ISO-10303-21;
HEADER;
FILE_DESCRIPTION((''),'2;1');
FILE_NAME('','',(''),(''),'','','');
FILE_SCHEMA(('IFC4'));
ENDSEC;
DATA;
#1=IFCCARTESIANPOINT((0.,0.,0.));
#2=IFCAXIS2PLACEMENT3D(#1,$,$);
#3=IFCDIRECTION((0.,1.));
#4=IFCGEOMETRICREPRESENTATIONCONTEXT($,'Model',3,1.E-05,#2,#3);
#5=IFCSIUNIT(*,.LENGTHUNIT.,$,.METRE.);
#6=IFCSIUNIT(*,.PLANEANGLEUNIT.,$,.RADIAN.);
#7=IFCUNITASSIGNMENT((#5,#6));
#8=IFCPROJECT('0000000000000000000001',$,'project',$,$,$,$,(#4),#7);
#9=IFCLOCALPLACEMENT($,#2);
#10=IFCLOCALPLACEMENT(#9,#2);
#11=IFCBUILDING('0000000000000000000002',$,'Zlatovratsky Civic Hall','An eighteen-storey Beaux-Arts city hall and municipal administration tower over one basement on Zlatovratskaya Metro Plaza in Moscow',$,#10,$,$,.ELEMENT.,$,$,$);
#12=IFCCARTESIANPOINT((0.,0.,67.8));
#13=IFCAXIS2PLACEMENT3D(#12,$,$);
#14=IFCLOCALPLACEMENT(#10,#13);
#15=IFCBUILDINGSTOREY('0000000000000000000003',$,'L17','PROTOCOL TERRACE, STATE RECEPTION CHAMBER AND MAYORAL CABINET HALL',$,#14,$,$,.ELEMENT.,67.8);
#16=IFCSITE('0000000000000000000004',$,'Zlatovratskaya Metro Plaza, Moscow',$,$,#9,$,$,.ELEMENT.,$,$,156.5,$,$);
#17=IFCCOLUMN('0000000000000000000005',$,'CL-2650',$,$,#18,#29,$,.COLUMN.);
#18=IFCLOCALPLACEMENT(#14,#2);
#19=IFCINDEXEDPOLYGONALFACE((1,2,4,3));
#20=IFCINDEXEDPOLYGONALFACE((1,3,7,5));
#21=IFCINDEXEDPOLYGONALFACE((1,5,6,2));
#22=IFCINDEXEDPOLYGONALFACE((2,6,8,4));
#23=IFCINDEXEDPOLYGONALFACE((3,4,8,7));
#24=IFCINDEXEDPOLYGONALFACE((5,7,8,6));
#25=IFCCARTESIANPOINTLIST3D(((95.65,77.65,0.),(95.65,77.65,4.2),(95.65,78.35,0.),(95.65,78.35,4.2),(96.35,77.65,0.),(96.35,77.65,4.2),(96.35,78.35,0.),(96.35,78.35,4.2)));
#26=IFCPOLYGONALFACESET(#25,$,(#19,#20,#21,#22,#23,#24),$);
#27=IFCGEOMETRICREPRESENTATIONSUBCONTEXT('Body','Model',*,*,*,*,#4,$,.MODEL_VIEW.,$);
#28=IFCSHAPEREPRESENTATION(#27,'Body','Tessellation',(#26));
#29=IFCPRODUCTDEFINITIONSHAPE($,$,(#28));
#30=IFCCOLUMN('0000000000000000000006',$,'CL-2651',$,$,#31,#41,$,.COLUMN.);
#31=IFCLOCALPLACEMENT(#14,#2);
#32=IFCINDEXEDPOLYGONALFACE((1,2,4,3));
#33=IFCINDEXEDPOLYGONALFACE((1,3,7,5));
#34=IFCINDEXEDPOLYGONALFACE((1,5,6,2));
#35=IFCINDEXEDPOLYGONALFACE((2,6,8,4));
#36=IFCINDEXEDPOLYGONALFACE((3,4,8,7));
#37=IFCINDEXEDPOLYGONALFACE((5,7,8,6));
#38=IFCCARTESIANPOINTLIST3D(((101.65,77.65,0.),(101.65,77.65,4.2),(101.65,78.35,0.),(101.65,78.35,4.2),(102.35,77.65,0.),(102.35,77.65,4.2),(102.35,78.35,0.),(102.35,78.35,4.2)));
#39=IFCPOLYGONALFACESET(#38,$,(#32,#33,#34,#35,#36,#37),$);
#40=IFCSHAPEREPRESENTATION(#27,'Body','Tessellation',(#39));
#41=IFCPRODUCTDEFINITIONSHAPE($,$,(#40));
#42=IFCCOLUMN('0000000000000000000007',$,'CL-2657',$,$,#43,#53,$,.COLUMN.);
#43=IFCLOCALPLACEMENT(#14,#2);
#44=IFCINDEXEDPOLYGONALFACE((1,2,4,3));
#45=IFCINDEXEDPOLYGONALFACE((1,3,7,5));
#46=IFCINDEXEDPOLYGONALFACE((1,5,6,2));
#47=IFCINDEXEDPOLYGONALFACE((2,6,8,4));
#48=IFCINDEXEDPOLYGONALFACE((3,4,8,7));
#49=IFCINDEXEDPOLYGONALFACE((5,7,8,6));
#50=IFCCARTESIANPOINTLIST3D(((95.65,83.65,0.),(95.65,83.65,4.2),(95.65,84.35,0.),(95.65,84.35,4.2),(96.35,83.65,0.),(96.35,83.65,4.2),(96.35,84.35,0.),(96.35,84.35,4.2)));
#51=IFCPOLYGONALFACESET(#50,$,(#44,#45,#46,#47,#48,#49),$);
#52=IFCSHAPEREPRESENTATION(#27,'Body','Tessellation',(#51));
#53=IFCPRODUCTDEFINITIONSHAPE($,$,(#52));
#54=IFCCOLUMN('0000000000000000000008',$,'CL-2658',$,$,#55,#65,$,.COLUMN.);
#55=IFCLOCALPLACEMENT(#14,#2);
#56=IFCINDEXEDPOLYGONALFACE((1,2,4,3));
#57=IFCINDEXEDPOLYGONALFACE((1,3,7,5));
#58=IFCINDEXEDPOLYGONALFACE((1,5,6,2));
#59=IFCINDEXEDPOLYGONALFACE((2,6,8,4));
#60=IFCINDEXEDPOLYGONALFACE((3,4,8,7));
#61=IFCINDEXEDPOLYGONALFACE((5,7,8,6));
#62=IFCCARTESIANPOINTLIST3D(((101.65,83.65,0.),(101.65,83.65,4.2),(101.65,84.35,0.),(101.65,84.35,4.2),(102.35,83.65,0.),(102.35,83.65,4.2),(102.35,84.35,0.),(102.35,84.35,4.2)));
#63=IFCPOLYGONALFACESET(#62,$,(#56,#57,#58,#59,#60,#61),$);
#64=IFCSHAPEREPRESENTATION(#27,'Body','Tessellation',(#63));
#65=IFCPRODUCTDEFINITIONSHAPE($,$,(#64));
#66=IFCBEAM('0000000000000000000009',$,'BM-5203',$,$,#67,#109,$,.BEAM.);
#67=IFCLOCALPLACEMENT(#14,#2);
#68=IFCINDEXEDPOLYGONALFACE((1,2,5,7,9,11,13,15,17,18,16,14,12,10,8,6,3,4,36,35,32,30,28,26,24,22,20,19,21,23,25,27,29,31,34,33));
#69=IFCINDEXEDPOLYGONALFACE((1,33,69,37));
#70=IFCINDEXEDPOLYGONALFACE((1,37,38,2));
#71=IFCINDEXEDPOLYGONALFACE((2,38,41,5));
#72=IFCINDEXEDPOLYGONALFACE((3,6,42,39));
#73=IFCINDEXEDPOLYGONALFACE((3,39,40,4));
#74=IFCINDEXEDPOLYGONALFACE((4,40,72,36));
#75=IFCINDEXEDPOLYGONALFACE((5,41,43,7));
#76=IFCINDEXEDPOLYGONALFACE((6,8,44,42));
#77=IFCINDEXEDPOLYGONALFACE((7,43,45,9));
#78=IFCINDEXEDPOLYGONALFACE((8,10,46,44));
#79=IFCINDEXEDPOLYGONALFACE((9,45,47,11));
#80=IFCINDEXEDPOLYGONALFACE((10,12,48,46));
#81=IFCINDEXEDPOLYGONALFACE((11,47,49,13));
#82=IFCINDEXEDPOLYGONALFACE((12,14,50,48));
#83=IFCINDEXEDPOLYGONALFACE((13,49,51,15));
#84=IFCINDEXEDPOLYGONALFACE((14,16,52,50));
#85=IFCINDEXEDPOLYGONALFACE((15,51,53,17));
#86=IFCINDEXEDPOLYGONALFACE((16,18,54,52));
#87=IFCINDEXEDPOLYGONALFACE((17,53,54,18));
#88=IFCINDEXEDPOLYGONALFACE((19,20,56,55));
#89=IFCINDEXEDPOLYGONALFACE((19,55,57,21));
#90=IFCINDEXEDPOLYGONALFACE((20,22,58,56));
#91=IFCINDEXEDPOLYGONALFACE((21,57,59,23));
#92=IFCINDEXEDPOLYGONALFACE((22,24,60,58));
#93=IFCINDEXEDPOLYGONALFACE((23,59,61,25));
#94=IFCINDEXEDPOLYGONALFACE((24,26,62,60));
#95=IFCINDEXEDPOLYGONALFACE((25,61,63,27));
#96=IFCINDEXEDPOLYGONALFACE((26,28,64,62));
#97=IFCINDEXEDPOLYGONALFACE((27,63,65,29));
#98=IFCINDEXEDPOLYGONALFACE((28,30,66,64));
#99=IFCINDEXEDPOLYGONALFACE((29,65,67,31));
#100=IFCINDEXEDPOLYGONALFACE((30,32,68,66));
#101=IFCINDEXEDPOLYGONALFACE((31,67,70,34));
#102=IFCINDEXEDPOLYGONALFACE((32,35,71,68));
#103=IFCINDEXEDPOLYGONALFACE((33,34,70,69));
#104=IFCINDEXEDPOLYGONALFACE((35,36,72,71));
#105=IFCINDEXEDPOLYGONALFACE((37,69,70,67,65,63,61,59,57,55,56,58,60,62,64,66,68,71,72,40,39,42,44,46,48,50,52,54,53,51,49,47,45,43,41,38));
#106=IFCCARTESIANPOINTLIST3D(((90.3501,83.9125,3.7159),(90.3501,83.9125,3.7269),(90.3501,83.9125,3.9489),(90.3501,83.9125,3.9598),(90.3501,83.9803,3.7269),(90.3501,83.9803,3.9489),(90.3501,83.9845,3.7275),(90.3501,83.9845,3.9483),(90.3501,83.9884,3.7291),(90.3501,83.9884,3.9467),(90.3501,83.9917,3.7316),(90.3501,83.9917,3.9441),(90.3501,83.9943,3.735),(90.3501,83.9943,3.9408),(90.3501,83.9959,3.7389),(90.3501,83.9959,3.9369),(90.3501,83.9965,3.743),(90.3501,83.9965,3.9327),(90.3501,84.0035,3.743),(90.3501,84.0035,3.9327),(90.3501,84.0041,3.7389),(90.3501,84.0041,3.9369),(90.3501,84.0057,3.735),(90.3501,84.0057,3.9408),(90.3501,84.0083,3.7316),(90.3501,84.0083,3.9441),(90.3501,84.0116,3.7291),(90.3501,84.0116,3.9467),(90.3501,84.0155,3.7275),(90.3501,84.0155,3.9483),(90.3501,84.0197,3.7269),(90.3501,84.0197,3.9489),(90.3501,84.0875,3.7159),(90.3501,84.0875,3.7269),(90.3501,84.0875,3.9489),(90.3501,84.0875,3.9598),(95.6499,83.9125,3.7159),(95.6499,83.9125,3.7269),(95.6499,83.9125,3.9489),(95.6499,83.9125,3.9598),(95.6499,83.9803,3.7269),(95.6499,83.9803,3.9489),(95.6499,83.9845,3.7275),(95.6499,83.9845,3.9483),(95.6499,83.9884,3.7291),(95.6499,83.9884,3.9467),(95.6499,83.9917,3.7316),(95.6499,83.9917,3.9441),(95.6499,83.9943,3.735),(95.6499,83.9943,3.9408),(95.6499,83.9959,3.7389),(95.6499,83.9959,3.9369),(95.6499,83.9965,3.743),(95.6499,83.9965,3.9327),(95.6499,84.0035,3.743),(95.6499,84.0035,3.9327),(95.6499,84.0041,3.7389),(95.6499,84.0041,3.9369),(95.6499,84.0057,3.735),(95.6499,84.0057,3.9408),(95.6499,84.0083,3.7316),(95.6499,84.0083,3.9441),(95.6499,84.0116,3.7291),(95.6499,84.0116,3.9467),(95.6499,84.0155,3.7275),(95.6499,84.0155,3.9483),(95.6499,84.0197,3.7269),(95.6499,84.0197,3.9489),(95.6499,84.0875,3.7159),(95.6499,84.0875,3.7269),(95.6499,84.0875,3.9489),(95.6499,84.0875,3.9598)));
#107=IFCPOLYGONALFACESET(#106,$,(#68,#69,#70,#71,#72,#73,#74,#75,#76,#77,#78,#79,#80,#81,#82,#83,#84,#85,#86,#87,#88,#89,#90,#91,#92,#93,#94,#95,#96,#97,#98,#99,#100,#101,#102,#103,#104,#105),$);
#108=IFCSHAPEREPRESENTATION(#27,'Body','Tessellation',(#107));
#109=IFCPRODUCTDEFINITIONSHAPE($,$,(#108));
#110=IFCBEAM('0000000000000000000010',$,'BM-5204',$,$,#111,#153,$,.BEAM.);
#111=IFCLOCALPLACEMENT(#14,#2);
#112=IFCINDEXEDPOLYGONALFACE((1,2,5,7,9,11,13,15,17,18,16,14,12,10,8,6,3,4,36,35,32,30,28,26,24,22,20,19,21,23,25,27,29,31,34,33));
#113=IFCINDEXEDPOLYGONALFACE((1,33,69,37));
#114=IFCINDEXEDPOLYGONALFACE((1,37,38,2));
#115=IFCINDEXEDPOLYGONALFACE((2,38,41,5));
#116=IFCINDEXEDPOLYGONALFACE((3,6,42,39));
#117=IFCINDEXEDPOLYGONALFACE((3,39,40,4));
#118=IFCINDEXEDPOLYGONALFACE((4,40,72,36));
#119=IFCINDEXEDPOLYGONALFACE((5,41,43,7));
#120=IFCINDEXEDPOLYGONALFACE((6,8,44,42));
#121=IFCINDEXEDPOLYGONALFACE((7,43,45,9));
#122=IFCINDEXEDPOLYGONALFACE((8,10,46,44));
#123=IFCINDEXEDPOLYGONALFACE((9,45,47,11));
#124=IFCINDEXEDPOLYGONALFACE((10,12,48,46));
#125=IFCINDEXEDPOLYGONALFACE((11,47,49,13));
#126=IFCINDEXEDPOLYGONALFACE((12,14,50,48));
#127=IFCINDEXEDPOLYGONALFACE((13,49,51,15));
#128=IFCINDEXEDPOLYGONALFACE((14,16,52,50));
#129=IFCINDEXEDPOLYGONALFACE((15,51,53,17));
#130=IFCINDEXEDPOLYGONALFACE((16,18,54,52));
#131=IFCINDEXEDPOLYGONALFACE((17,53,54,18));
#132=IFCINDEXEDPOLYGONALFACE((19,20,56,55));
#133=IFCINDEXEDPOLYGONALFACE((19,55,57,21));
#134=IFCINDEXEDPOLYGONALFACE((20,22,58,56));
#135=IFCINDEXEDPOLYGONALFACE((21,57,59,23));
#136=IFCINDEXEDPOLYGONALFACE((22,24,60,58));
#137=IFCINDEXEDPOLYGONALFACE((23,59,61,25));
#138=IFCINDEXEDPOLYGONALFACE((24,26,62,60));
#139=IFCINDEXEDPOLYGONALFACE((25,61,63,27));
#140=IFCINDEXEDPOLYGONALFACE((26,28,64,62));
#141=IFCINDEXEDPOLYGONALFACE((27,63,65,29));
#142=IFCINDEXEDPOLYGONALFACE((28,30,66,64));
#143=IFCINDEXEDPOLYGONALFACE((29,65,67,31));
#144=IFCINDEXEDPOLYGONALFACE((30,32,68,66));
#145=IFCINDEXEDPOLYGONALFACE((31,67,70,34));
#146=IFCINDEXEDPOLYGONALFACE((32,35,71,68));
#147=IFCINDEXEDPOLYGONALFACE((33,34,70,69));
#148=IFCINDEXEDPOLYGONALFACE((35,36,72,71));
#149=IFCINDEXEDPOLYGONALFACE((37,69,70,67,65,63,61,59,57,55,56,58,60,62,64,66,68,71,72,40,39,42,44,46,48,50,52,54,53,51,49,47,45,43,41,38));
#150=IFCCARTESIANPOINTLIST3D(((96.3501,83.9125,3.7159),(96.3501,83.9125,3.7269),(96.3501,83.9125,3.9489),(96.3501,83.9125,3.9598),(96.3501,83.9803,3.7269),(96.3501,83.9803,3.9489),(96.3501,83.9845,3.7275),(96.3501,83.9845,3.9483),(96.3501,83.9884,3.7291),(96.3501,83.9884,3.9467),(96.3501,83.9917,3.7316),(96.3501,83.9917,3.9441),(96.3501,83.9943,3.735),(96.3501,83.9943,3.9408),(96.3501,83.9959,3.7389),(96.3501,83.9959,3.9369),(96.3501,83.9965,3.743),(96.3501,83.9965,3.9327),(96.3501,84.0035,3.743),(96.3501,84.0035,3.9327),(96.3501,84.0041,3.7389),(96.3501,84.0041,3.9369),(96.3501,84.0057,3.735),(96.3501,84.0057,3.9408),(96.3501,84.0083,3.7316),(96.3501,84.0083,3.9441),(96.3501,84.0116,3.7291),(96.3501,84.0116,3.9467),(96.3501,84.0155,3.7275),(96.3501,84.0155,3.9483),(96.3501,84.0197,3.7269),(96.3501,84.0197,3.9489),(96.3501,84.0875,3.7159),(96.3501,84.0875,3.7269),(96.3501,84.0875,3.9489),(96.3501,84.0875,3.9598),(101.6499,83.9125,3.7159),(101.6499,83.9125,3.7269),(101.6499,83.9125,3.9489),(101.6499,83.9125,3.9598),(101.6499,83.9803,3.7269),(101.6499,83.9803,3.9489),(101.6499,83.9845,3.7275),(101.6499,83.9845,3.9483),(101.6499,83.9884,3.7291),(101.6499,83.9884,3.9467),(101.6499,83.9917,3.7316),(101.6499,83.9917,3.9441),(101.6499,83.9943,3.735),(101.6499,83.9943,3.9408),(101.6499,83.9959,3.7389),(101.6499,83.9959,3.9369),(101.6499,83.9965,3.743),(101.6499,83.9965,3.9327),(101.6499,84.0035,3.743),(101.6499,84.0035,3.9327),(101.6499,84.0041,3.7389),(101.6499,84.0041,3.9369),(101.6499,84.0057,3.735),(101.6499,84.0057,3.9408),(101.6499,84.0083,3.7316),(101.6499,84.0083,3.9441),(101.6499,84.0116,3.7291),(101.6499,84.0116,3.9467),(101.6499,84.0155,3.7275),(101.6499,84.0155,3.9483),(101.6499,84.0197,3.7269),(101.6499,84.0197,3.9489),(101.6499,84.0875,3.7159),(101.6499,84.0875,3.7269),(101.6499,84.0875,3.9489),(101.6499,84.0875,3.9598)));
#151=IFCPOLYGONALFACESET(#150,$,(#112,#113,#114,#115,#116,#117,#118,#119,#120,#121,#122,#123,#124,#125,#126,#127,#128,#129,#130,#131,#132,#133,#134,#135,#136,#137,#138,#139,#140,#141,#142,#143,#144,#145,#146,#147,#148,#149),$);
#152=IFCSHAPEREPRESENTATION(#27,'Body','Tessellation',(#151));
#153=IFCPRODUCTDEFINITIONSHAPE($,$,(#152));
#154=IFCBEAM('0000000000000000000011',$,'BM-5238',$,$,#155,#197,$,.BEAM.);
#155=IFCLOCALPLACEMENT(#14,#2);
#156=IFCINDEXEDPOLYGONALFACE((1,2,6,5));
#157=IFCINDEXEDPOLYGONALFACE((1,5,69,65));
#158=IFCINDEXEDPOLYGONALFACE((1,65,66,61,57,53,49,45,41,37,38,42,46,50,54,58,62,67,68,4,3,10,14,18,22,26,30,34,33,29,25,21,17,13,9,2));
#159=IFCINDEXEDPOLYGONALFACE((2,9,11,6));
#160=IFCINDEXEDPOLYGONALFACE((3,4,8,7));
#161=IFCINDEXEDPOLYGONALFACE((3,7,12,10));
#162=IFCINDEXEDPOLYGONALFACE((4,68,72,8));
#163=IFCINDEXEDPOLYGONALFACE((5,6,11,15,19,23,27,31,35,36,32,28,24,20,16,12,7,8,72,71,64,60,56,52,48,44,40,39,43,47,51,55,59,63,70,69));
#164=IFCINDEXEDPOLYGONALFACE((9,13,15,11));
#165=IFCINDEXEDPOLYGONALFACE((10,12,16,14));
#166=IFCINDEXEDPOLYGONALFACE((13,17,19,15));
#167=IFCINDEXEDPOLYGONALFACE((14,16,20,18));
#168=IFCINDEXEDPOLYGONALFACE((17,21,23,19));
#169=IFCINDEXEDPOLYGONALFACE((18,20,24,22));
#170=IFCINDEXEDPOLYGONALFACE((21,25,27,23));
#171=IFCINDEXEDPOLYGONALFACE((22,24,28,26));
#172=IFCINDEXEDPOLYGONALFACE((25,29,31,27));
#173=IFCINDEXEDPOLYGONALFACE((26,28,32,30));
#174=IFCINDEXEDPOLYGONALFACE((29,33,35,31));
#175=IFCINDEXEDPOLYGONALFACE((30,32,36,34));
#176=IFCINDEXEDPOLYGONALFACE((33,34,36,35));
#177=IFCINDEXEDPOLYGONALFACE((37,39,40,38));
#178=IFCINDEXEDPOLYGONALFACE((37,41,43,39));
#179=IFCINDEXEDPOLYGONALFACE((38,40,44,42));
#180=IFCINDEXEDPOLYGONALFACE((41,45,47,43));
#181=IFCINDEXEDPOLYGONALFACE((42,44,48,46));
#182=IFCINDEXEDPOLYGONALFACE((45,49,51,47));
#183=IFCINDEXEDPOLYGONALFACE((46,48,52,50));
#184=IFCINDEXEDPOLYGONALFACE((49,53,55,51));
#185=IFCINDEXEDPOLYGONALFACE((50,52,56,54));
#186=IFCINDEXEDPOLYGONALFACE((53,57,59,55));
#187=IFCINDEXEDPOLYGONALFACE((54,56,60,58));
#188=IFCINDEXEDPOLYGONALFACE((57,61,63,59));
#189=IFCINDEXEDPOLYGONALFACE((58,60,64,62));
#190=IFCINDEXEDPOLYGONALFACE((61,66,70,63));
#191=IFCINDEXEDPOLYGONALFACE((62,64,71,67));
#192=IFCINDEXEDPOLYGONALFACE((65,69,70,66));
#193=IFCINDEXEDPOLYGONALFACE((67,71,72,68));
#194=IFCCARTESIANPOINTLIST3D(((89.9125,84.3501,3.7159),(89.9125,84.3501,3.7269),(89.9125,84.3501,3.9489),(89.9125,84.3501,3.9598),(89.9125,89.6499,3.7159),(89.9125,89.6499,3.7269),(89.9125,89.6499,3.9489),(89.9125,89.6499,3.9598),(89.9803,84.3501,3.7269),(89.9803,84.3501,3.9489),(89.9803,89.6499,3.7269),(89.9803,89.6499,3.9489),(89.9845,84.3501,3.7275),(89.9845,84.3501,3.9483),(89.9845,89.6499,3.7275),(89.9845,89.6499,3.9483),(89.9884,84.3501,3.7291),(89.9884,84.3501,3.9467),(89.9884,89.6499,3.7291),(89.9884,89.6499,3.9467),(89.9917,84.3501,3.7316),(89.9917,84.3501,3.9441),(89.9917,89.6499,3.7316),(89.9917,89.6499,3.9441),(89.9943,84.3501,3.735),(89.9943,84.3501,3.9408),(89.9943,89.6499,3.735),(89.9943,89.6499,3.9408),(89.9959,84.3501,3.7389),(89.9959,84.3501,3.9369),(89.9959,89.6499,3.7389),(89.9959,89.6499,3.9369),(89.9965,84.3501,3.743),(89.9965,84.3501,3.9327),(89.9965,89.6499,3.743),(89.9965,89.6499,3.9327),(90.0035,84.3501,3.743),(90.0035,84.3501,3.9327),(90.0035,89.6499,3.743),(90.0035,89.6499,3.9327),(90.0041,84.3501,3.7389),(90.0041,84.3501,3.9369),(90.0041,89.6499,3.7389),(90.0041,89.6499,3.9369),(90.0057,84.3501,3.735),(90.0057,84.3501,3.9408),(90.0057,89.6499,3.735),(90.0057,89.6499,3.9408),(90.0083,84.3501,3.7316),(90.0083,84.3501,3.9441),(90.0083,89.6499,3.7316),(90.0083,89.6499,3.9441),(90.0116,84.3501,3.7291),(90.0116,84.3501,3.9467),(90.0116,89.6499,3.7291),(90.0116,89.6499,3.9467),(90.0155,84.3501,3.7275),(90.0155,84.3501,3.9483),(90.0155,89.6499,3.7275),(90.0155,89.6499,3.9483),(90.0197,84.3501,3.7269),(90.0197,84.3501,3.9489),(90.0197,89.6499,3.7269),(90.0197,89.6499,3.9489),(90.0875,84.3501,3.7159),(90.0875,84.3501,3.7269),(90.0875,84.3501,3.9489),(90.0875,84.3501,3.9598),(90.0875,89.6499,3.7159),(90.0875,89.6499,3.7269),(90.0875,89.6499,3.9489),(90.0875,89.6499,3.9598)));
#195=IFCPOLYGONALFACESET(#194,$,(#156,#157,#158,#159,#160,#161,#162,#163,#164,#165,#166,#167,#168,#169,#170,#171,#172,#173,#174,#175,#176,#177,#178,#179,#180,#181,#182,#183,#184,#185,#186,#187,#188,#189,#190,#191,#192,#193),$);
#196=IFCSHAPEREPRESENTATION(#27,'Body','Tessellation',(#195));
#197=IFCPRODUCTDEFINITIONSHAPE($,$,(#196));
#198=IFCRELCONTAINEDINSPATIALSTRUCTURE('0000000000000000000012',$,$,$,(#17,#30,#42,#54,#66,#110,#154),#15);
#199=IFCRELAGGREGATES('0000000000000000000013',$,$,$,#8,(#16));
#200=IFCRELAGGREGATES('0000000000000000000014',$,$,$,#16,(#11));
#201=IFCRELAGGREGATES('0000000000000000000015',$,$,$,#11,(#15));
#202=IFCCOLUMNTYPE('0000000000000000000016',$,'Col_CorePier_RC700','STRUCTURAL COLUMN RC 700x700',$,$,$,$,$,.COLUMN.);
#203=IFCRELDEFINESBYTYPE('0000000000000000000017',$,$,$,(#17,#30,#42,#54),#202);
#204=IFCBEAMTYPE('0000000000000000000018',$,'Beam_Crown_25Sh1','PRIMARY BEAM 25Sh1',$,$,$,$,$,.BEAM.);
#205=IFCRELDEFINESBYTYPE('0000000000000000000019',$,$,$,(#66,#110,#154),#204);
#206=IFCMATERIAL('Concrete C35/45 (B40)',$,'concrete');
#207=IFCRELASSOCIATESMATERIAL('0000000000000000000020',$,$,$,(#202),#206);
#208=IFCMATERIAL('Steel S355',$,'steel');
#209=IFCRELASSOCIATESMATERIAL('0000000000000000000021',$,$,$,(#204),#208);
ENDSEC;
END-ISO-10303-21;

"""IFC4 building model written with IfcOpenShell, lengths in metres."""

from ifc_helpers import new_model, si_unit, direction, frame, origin, origin_2d, place, context, subcontext, project, spatial, rectangle, i_section, extrude, material, material_profile, profile_set, type_object, element, save


model = new_model("IFC4")

# Units and contexts
model_context = context("Model", 3, precision=1e-05, world=origin(), true_north=direction((0.0, 1.0)))
body_context = subcontext(model_context, "Body", "Model", "MODEL_VIEW")
ifc_project = project(units=[si_unit("LENGTHUNIT", "METRE"), si_unit("PLANEANGLEUNIT", "RADIAN")], contexts=[model_context])

# Site, building, storey
site_placement = place(None, origin())
site = spatial("IfcSite", under=ifc_project, at=site_placement, Name="Zlatovratskaya Metro Plaza, Moscow", CompositionType="ELEMENT", RefElevation=156.5)
building_placement = place(site_placement, origin())
building = spatial("IfcBuilding", under=site, at=building_placement, Name="Zlatovratsky Civic Hall", Description="An eighteen-storey Beaux-Arts city hall and municipal administration tower over one basement on Zlatovratskaya Metro Plaza in Moscow", CompositionType="ELEMENT")
storey_placement = place(building_placement, frame((0.0, 0.0, 67.8)))
storey = spatial("IfcBuildingStorey", under=building, at=storey_placement, Name="L17", Description="PROTOCOL TERRACE, STATE RECEPTION CHAMBER AND MAYORAL CABINET HALL", CompositionType="ELEMENT", Elevation=67.8)

# Columns
ifc_material_1 = material(Name="Concrete C35/45 (B40)", Category="concrete")
ifc_material_profile_1 = material_profile(ifc_material_1, rectangle(XDim=0.7, YDim=0.7, at=origin_2d()), Name="RC 700x700")
ifc_profile_set_1 = profile_set([ifc_material_profile_1], Name="Concrete C35/45 (B40)")
column_type = type_object("IfcColumnType", Name="Col_CorePier_RC700", Description="STRUCTURAL COLUMN RC 700x700", PredefinedType="COLUMN", material=ifc_profile_set_1)
for number, where, z_axis, x_axis, name in (
    (1, (96.0, 78.0, 0.0), (0.0, 0.0, 1.0), (1.0, 0.0, 0.0), "CL-2650"),
    (2, (102.0, 78.0, 0.0), (0.0, 0.0, 1.0), (1.0, 0.0, 0.0), "CL-2651"),
    (3, (96.0, 84.0, 0.0), (0.0, 0.0, 1.0), (1.0, 0.0, 0.0), "CL-2657"),
    (4, (102.0, 84.0, 0.0), (0.0, 0.0, 1.0), (1.0, 0.0, 0.0), "CL-2658"),
):
    element("IfcColumn", number, at=place(storey_placement, frame(where, z_axis=z_axis, x_axis=x_axis)), inside=storey, type_object=column_type, Name=name, PredefinedType="COLUMN", context=body_context, shape_type="SweptSolid", body=[
        extrude(rectangle(XDim=0.7, YDim=0.7, at=origin_2d()), origin(), (0.0, 0.0, 1.0), 4.2),
    ])

# Beams
ifc_material_2 = material(Name="Steel S355", Category="steel")
ifc_material_profile_2 = material_profile(ifc_material_2, i_section(OverallWidth=0.175, OverallDepth=0.2439, WebThickness=0.0071, FlangeThickness=0.011, FilletRadius=0.0161, at=origin_2d()), Name="25Sh1")
ifc_profile_set_2 = profile_set([ifc_material_profile_2], Name="Steel S355")
beam_type_1 = type_object("IfcBeamType", Name="Beam_Crown_25Sh1", Description="PRIMARY BEAM 25Sh1", PredefinedType="BEAM", material=ifc_profile_set_2)
for number, where, z_axis, x_axis, name in (
    (5, (90.3501, 84.0, 3.8379), (1.0, 0.0, 0.0), (0.0, 1.0, 0.0), "BM-5203"),
    (6, (96.3501, 84.0, 3.8379), (1.0, 0.0, 0.0), (0.0, 1.0, 0.0), "BM-5204"),
    (7, (90.0, 84.3501, 3.8379), (0.0, 1.0, 0.0), (-1.0, 0.0, 0.0), "BM-5238"),
):
    element("IfcBeam", number, at=place(storey_placement, frame(where, z_axis=z_axis, x_axis=x_axis)), inside=storey, type_object=beam_type_1, Name=name, PredefinedType="BEAM", context=body_context, shape_type="SweptSolid", body=[
        extrude(i_section(OverallWidth=0.175, OverallDepth=0.2439, WebThickness=0.0071, FlangeThickness=0.011, FilletRadius=0.0161, at=origin_2d()), origin(), (0.0, 0.0, 1.0), 5.2998),
    ])

save(model, "model.ifc")
